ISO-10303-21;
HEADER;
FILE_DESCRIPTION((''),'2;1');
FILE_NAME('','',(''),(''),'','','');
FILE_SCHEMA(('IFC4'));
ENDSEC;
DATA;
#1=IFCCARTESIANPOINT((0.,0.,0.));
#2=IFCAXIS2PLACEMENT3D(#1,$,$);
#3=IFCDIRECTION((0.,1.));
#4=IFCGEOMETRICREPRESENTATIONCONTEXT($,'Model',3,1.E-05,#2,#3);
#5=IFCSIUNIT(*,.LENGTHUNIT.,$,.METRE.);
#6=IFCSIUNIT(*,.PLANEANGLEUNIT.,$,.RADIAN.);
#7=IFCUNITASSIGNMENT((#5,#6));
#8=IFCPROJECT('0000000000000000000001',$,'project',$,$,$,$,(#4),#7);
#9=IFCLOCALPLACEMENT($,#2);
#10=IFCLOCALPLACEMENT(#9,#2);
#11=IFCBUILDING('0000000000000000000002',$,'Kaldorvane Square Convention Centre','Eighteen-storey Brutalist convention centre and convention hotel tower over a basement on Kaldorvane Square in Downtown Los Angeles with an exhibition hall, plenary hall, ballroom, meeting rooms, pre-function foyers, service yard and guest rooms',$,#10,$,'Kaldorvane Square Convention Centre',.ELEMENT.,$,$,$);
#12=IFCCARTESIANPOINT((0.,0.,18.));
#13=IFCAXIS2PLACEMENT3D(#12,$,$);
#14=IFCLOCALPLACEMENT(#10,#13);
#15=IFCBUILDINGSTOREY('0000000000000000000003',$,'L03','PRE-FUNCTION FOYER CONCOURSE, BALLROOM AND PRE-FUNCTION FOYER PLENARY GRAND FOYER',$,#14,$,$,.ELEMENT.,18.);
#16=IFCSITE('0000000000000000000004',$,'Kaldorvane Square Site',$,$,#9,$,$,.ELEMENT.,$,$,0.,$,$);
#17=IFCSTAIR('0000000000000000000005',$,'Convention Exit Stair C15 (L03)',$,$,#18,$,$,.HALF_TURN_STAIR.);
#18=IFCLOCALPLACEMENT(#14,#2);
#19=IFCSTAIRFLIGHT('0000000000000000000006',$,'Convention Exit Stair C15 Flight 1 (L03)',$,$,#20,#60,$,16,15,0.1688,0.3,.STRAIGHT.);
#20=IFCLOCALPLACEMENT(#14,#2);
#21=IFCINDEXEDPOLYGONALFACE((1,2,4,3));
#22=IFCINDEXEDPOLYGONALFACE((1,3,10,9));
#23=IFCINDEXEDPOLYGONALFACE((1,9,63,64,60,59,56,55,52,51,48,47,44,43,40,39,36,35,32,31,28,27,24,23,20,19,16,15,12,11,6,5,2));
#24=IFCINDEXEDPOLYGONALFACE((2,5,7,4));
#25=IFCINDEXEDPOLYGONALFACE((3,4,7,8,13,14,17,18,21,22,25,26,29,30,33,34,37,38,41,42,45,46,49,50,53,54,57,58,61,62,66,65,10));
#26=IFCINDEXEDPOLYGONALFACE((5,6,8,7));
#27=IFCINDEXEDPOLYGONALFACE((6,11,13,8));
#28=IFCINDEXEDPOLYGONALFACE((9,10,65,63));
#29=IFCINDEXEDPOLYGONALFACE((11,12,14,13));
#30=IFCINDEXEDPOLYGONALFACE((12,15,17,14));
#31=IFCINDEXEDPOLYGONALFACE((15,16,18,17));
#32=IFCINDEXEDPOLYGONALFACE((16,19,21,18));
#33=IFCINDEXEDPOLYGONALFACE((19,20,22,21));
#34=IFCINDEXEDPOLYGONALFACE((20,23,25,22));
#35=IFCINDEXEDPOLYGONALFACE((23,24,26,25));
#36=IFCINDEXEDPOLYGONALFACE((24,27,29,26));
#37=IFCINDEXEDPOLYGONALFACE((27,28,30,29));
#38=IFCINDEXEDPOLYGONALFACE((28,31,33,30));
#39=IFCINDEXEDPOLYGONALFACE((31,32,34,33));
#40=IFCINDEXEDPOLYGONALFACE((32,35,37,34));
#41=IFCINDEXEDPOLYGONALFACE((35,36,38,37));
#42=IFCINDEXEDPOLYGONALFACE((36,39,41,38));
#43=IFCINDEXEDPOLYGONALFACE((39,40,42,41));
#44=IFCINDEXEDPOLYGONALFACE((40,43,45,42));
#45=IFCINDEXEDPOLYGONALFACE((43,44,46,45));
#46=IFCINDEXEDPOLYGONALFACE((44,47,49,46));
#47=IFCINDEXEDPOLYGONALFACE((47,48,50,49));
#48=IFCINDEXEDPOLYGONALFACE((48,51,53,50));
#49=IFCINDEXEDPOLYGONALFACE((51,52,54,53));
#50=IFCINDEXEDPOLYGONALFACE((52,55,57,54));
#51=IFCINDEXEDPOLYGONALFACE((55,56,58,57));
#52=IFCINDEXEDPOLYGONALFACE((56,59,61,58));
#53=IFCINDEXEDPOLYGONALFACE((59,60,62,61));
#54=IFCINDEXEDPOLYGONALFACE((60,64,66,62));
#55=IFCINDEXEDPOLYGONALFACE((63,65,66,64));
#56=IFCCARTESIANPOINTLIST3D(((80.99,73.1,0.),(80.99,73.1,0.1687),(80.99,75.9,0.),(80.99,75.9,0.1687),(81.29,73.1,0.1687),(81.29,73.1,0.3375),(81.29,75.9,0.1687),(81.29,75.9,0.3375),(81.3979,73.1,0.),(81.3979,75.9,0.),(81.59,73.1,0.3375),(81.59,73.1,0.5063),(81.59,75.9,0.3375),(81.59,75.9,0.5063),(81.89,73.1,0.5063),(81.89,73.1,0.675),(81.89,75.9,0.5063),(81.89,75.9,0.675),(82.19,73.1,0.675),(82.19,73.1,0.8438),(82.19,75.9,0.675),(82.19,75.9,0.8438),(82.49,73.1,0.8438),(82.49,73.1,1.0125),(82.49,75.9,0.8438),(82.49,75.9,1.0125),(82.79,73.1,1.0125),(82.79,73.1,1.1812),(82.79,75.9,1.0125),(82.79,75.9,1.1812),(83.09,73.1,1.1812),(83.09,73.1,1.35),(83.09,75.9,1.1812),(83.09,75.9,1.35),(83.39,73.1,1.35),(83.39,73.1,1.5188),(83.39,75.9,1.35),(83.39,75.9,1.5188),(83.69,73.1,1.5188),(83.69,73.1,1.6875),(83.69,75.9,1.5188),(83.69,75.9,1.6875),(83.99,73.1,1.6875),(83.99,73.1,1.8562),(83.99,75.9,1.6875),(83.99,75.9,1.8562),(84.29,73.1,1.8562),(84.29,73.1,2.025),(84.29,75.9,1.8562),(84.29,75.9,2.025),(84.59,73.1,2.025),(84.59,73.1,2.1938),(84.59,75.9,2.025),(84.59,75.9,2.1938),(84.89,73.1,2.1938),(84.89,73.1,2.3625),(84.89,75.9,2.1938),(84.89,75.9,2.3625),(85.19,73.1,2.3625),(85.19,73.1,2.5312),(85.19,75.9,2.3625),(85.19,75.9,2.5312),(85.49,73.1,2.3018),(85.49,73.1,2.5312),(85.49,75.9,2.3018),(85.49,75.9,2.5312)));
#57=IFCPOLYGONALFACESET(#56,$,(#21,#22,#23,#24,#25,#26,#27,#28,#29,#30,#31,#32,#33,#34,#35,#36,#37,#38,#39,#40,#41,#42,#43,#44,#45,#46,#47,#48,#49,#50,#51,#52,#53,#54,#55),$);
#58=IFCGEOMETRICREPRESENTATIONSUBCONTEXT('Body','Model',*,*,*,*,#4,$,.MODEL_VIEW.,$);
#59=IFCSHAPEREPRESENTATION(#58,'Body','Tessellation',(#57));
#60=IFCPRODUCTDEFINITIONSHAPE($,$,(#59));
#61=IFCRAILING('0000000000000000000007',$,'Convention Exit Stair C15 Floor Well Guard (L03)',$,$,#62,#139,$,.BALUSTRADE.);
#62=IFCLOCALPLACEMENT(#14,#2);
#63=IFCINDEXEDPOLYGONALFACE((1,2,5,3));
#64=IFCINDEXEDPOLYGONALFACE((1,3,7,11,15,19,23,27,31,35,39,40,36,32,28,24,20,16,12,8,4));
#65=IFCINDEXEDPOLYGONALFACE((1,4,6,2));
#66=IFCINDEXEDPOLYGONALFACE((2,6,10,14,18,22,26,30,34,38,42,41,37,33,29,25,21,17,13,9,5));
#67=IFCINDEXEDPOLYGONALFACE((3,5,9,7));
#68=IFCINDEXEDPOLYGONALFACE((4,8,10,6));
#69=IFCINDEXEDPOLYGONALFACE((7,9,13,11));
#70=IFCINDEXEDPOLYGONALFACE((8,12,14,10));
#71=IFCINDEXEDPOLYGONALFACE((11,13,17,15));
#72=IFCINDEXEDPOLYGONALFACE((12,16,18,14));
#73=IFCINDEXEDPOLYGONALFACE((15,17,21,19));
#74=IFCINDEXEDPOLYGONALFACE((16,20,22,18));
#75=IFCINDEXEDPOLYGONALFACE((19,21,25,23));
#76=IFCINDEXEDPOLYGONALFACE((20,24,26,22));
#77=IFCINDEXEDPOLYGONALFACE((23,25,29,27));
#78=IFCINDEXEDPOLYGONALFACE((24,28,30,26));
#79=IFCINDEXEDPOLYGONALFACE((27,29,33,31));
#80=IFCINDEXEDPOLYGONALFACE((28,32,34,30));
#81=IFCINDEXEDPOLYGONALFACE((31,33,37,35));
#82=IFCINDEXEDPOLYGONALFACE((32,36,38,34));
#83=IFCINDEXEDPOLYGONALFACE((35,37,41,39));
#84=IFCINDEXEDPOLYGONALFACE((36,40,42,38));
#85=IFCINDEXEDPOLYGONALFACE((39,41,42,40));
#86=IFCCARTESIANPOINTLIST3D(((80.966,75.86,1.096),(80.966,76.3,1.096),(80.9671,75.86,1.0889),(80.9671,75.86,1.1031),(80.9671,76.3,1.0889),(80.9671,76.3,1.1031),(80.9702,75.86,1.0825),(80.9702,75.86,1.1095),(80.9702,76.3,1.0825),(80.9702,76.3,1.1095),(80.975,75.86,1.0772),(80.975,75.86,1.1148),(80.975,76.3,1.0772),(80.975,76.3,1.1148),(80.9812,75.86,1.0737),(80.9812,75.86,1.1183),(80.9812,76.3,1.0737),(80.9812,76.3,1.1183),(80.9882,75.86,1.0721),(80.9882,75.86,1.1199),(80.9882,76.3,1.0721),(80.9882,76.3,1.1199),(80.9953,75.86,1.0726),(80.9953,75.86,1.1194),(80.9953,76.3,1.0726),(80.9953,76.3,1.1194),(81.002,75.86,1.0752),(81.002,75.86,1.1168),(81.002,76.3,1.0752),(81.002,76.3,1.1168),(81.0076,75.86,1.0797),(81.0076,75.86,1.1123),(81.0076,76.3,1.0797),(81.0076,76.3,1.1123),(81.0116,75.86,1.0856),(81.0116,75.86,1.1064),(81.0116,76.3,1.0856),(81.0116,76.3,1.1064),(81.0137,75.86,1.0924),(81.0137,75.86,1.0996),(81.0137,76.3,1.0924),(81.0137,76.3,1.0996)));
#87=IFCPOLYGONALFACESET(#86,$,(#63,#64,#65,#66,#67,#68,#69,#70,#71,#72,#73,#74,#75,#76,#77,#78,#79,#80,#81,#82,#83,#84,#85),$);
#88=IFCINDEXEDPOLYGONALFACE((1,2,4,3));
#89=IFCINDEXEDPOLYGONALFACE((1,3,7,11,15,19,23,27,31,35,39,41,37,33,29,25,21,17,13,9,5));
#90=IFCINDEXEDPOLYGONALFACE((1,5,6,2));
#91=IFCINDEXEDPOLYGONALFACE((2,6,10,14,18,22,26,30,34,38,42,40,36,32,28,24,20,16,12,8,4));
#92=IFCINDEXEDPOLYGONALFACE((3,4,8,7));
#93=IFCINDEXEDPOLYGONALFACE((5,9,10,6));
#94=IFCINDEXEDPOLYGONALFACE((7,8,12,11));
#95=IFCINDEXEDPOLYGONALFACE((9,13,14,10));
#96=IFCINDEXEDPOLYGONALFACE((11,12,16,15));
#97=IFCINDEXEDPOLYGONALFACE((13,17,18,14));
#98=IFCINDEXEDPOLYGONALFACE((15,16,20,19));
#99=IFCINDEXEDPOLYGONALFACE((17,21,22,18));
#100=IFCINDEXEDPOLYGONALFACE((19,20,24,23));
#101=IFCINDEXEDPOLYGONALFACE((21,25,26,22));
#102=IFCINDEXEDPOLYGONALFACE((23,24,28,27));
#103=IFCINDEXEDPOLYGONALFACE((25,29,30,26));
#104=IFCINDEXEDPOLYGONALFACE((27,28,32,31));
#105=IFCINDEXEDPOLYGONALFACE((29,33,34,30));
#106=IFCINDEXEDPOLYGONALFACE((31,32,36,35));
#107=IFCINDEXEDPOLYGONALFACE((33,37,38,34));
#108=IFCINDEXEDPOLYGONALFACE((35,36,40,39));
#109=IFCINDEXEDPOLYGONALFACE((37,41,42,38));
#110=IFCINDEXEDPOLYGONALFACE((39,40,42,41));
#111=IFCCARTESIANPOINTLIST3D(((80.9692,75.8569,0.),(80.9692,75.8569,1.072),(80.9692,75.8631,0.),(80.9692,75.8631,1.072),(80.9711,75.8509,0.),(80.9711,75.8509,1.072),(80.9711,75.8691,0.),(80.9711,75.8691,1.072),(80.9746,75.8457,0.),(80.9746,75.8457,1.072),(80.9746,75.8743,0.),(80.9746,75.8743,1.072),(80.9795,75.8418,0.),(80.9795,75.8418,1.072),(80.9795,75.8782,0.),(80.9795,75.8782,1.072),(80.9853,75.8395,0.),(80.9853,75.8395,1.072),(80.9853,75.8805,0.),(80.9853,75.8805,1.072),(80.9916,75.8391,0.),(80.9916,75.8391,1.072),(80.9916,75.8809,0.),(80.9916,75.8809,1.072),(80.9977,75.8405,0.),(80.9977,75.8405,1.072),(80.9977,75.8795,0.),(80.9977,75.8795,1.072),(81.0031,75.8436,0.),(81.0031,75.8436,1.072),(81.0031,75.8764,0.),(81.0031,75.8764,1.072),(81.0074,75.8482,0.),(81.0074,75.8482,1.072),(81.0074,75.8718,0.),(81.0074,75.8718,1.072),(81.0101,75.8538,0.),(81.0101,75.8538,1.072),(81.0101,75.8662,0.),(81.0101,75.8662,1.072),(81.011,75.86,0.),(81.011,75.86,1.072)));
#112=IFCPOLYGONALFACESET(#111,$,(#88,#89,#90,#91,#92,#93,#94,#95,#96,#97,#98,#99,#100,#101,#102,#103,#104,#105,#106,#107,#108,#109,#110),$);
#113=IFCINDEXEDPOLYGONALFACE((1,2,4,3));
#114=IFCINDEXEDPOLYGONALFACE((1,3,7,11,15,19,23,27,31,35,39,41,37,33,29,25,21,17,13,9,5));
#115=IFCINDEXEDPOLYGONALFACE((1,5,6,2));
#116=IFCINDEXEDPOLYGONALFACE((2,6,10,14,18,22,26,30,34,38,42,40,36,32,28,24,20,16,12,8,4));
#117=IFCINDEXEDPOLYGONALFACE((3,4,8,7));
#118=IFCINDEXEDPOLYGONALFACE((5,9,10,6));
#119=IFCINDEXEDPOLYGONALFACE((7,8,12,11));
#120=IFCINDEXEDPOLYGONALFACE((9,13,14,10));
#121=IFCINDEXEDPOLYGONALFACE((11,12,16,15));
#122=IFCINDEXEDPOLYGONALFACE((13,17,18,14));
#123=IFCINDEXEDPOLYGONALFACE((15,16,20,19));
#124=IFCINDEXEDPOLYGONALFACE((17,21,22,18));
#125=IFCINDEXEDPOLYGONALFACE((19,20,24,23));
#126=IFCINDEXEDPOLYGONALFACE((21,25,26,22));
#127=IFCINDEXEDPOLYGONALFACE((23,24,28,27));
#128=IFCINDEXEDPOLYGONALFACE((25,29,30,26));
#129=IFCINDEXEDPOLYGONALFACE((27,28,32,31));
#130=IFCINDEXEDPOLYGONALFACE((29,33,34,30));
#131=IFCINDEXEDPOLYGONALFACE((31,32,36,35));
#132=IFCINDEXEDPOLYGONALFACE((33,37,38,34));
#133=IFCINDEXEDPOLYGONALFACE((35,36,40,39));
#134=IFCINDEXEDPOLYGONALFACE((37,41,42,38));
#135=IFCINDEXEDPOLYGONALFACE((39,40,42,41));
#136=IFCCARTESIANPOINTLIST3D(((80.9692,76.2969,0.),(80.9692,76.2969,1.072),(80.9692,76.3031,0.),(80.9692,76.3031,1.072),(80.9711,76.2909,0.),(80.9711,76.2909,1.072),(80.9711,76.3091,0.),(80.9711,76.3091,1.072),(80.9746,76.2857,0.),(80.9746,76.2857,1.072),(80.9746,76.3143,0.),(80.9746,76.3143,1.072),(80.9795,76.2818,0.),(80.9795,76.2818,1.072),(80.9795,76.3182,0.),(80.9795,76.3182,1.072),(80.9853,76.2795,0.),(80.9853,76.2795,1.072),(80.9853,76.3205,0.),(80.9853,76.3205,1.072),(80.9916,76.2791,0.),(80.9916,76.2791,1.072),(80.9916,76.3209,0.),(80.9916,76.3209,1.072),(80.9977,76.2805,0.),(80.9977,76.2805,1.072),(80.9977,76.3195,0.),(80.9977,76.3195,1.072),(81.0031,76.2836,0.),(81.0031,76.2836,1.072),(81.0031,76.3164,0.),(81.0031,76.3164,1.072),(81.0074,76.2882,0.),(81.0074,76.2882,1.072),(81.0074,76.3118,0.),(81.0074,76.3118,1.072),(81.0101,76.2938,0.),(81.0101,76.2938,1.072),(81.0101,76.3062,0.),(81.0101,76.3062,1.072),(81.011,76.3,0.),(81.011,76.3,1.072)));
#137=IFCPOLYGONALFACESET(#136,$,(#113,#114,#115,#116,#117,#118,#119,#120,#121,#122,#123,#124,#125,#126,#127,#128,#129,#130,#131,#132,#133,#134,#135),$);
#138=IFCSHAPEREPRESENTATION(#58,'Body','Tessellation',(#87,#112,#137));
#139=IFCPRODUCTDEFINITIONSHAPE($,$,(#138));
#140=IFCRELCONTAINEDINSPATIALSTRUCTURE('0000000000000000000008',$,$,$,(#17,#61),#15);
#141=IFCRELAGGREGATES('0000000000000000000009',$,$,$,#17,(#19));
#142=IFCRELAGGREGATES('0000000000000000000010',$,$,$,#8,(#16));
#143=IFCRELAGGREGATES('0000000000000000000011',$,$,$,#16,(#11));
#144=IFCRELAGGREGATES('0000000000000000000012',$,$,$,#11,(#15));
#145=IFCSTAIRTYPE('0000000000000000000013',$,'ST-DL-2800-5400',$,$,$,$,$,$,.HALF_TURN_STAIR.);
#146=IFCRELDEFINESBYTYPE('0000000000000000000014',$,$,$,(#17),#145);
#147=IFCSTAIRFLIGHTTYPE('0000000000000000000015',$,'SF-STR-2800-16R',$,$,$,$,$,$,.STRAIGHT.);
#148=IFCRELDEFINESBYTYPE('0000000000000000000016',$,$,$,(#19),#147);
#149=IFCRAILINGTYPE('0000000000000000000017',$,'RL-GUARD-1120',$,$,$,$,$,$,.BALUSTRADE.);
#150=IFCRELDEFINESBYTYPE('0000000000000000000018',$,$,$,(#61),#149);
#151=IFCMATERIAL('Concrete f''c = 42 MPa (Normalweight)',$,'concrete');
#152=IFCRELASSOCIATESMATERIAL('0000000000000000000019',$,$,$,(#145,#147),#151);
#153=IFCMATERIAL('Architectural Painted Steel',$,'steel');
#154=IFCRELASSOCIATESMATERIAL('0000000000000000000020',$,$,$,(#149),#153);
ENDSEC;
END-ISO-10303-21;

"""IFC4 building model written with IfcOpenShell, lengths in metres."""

from ifc_helpers import new_model, si_unit, direction, frame, origin, origin_2d, place, context, subcontext, project, spatial, polyline, circle, outline, extrude, material, type_object, element, aggregate, save


model = new_model("IFC4")

# Units and contexts
model_context = context("Model", 3, precision=1e-05, world=origin(), true_north=direction((0.0, 1.0)))
body_context = subcontext(model_context, "Body", "Model", "MODEL_VIEW")
ifc_project = project(units=[si_unit("LENGTHUNIT", "METRE"), si_unit("PLANEANGLEUNIT", "RADIAN")], contexts=[model_context])

# Site, building, storey
site_placement = place(None, origin())
site = spatial("IfcSite", under=ifc_project, at=site_placement, Name="Kaldorvane Square Site", CompositionType="ELEMENT", RefElevation=0.0)
building_placement = place(site_placement, origin())
building = spatial("IfcBuilding", under=site, at=building_placement, Name="Kaldorvane Square Convention Centre", Description="Eighteen-storey Brutalist convention centre and convention hotel tower over a basement on Kaldorvane Square in Downtown Los Angeles with an exhibition hall, plenary hall, ballroom, meeting rooms, pre-function foyers, service yard and guest rooms", LongName="Kaldorvane Square Convention Centre", CompositionType="ELEMENT")
storey_placement = place(building_placement, frame((0.0, 0.0, 18.0)))
storey = spatial("IfcBuildingStorey", under=building, at=storey_placement, Name="L03", Description="PRE-FUNCTION FOYER CONCOURSE, BALLROOM AND PRE-FUNCTION FOYER PLENARY GRAND FOYER", CompositionType="ELEMENT", Elevation=18.0)

# Stair, stair flight
ifc_material_1 = material(Name="Concrete f'c = 42 MPa (Normalweight)", Category="concrete")
stair_type = type_object("IfcStairType", Name="ST-DL-2800-5400", PredefinedType="HALF_TURN_STAIR", material=ifc_material_1)
stair_placement = place(storey_placement, origin())
stair = element("IfcStair", 1, at=stair_placement, inside=storey, type_object=stair_type, Name="Convention Exit Stair C15 (L03)", PredefinedType="HALF_TURN_STAIR")
stair_flight_type = type_object("IfcStairFlightType", Name="SF-STR-2800-16R", PredefinedType="STRAIGHT", material=ifc_material_1)
stair_flight_placement = place(storey_placement, frame((80.99, 74.5, 0.0), z_axis=(0.0, 0.0, 1.0), x_axis=(1.0, 0.0, 0.0)))
stair_flight = element("IfcStairFlight", 2, at=stair_flight_placement, type_object=stair_flight_type, Name="Convention Exit Stair C15 Flight 1 (L03)", NumberOfRisers=16, NumberOfTreads=15, PredefinedType="STRAIGHT", RiserHeight=0.1688, TreadLength=0.3, context=body_context, shape_type="SweptSolid", body=[
    extrude(outline(polyline([(0.0, 0.0), (0.0, 0.1687), (0.3, 0.1687), (0.3, 0.3375), (0.6, 0.3375), (0.6, 0.5063), (0.9, 0.5063), (0.9, 0.675), (1.2, 0.675), (1.2, 0.8438), (1.5, 0.8438), (1.5, 1.0125), (1.8, 1.0125), (1.8, 1.1812), (2.1, 1.1812), (2.1, 1.35), (2.4, 1.35), (2.4, 1.5188), (2.7, 1.5188), (2.7, 1.6875), (3.0, 1.6875), (3.0, 1.8562), (3.3, 1.8562), (3.3, 2.025), (3.6, 2.025), (3.6, 2.1938), (3.9, 2.1938), (3.9, 2.3625), (4.2, 2.3625), (4.2, 2.5312), (4.5, 2.5312), (4.5, 2.7), (4.5, 2.3018), (0.4079, 0.0), (0.0, 0.0)])), frame((0.0, 1.4, 0.0), z_axis=(0.0, -1.0, 0.0), x_axis=(1.0, 0.0, 0.0)), (0.0, 0.0, 1.0), 2.8),
])
aggregate(stair, [stair_flight])

# Railing
ifc_material_2 = material(Name="Architectural Painted Steel", Category="steel")
railing_type_1 = type_object("IfcRailingType", Name="RL-GUARD-1120", PredefinedType="BALUSTRADE", material=ifc_material_2)
for number, where, name in (
    (3, (80.99, 75.86, 0.0), "Convention Exit Stair C15 Floor Well Guard (L03)"),
):
    element("IfcRailing", number, at=place(storey_placement, frame(where)), inside=storey, type_object=railing_type_1, Name=name, PredefinedType="BALUSTRADE", context=body_context, shape_type="SweptSolid", body=[
        extrude(circle(Radius=0.024, at=origin_2d()), frame((0.0, 0.0, 1.096), z_axis=(0.0, 1.0, 0.0), x_axis=(-1.0, 0.0, 0.0)), (0.0, 0.0, 1.0), 0.44),
        extrude(circle(Radius=0.021, at=origin_2d()), origin(), (0.0, 0.0, 1.0), 1.072),
        extrude(circle(Radius=0.021, at=origin_2d()), frame((0.0, 0.44, 0.0)), (0.0, 0.0, 1.0), 1.072),
    ])

save(model, "model.ifc")
